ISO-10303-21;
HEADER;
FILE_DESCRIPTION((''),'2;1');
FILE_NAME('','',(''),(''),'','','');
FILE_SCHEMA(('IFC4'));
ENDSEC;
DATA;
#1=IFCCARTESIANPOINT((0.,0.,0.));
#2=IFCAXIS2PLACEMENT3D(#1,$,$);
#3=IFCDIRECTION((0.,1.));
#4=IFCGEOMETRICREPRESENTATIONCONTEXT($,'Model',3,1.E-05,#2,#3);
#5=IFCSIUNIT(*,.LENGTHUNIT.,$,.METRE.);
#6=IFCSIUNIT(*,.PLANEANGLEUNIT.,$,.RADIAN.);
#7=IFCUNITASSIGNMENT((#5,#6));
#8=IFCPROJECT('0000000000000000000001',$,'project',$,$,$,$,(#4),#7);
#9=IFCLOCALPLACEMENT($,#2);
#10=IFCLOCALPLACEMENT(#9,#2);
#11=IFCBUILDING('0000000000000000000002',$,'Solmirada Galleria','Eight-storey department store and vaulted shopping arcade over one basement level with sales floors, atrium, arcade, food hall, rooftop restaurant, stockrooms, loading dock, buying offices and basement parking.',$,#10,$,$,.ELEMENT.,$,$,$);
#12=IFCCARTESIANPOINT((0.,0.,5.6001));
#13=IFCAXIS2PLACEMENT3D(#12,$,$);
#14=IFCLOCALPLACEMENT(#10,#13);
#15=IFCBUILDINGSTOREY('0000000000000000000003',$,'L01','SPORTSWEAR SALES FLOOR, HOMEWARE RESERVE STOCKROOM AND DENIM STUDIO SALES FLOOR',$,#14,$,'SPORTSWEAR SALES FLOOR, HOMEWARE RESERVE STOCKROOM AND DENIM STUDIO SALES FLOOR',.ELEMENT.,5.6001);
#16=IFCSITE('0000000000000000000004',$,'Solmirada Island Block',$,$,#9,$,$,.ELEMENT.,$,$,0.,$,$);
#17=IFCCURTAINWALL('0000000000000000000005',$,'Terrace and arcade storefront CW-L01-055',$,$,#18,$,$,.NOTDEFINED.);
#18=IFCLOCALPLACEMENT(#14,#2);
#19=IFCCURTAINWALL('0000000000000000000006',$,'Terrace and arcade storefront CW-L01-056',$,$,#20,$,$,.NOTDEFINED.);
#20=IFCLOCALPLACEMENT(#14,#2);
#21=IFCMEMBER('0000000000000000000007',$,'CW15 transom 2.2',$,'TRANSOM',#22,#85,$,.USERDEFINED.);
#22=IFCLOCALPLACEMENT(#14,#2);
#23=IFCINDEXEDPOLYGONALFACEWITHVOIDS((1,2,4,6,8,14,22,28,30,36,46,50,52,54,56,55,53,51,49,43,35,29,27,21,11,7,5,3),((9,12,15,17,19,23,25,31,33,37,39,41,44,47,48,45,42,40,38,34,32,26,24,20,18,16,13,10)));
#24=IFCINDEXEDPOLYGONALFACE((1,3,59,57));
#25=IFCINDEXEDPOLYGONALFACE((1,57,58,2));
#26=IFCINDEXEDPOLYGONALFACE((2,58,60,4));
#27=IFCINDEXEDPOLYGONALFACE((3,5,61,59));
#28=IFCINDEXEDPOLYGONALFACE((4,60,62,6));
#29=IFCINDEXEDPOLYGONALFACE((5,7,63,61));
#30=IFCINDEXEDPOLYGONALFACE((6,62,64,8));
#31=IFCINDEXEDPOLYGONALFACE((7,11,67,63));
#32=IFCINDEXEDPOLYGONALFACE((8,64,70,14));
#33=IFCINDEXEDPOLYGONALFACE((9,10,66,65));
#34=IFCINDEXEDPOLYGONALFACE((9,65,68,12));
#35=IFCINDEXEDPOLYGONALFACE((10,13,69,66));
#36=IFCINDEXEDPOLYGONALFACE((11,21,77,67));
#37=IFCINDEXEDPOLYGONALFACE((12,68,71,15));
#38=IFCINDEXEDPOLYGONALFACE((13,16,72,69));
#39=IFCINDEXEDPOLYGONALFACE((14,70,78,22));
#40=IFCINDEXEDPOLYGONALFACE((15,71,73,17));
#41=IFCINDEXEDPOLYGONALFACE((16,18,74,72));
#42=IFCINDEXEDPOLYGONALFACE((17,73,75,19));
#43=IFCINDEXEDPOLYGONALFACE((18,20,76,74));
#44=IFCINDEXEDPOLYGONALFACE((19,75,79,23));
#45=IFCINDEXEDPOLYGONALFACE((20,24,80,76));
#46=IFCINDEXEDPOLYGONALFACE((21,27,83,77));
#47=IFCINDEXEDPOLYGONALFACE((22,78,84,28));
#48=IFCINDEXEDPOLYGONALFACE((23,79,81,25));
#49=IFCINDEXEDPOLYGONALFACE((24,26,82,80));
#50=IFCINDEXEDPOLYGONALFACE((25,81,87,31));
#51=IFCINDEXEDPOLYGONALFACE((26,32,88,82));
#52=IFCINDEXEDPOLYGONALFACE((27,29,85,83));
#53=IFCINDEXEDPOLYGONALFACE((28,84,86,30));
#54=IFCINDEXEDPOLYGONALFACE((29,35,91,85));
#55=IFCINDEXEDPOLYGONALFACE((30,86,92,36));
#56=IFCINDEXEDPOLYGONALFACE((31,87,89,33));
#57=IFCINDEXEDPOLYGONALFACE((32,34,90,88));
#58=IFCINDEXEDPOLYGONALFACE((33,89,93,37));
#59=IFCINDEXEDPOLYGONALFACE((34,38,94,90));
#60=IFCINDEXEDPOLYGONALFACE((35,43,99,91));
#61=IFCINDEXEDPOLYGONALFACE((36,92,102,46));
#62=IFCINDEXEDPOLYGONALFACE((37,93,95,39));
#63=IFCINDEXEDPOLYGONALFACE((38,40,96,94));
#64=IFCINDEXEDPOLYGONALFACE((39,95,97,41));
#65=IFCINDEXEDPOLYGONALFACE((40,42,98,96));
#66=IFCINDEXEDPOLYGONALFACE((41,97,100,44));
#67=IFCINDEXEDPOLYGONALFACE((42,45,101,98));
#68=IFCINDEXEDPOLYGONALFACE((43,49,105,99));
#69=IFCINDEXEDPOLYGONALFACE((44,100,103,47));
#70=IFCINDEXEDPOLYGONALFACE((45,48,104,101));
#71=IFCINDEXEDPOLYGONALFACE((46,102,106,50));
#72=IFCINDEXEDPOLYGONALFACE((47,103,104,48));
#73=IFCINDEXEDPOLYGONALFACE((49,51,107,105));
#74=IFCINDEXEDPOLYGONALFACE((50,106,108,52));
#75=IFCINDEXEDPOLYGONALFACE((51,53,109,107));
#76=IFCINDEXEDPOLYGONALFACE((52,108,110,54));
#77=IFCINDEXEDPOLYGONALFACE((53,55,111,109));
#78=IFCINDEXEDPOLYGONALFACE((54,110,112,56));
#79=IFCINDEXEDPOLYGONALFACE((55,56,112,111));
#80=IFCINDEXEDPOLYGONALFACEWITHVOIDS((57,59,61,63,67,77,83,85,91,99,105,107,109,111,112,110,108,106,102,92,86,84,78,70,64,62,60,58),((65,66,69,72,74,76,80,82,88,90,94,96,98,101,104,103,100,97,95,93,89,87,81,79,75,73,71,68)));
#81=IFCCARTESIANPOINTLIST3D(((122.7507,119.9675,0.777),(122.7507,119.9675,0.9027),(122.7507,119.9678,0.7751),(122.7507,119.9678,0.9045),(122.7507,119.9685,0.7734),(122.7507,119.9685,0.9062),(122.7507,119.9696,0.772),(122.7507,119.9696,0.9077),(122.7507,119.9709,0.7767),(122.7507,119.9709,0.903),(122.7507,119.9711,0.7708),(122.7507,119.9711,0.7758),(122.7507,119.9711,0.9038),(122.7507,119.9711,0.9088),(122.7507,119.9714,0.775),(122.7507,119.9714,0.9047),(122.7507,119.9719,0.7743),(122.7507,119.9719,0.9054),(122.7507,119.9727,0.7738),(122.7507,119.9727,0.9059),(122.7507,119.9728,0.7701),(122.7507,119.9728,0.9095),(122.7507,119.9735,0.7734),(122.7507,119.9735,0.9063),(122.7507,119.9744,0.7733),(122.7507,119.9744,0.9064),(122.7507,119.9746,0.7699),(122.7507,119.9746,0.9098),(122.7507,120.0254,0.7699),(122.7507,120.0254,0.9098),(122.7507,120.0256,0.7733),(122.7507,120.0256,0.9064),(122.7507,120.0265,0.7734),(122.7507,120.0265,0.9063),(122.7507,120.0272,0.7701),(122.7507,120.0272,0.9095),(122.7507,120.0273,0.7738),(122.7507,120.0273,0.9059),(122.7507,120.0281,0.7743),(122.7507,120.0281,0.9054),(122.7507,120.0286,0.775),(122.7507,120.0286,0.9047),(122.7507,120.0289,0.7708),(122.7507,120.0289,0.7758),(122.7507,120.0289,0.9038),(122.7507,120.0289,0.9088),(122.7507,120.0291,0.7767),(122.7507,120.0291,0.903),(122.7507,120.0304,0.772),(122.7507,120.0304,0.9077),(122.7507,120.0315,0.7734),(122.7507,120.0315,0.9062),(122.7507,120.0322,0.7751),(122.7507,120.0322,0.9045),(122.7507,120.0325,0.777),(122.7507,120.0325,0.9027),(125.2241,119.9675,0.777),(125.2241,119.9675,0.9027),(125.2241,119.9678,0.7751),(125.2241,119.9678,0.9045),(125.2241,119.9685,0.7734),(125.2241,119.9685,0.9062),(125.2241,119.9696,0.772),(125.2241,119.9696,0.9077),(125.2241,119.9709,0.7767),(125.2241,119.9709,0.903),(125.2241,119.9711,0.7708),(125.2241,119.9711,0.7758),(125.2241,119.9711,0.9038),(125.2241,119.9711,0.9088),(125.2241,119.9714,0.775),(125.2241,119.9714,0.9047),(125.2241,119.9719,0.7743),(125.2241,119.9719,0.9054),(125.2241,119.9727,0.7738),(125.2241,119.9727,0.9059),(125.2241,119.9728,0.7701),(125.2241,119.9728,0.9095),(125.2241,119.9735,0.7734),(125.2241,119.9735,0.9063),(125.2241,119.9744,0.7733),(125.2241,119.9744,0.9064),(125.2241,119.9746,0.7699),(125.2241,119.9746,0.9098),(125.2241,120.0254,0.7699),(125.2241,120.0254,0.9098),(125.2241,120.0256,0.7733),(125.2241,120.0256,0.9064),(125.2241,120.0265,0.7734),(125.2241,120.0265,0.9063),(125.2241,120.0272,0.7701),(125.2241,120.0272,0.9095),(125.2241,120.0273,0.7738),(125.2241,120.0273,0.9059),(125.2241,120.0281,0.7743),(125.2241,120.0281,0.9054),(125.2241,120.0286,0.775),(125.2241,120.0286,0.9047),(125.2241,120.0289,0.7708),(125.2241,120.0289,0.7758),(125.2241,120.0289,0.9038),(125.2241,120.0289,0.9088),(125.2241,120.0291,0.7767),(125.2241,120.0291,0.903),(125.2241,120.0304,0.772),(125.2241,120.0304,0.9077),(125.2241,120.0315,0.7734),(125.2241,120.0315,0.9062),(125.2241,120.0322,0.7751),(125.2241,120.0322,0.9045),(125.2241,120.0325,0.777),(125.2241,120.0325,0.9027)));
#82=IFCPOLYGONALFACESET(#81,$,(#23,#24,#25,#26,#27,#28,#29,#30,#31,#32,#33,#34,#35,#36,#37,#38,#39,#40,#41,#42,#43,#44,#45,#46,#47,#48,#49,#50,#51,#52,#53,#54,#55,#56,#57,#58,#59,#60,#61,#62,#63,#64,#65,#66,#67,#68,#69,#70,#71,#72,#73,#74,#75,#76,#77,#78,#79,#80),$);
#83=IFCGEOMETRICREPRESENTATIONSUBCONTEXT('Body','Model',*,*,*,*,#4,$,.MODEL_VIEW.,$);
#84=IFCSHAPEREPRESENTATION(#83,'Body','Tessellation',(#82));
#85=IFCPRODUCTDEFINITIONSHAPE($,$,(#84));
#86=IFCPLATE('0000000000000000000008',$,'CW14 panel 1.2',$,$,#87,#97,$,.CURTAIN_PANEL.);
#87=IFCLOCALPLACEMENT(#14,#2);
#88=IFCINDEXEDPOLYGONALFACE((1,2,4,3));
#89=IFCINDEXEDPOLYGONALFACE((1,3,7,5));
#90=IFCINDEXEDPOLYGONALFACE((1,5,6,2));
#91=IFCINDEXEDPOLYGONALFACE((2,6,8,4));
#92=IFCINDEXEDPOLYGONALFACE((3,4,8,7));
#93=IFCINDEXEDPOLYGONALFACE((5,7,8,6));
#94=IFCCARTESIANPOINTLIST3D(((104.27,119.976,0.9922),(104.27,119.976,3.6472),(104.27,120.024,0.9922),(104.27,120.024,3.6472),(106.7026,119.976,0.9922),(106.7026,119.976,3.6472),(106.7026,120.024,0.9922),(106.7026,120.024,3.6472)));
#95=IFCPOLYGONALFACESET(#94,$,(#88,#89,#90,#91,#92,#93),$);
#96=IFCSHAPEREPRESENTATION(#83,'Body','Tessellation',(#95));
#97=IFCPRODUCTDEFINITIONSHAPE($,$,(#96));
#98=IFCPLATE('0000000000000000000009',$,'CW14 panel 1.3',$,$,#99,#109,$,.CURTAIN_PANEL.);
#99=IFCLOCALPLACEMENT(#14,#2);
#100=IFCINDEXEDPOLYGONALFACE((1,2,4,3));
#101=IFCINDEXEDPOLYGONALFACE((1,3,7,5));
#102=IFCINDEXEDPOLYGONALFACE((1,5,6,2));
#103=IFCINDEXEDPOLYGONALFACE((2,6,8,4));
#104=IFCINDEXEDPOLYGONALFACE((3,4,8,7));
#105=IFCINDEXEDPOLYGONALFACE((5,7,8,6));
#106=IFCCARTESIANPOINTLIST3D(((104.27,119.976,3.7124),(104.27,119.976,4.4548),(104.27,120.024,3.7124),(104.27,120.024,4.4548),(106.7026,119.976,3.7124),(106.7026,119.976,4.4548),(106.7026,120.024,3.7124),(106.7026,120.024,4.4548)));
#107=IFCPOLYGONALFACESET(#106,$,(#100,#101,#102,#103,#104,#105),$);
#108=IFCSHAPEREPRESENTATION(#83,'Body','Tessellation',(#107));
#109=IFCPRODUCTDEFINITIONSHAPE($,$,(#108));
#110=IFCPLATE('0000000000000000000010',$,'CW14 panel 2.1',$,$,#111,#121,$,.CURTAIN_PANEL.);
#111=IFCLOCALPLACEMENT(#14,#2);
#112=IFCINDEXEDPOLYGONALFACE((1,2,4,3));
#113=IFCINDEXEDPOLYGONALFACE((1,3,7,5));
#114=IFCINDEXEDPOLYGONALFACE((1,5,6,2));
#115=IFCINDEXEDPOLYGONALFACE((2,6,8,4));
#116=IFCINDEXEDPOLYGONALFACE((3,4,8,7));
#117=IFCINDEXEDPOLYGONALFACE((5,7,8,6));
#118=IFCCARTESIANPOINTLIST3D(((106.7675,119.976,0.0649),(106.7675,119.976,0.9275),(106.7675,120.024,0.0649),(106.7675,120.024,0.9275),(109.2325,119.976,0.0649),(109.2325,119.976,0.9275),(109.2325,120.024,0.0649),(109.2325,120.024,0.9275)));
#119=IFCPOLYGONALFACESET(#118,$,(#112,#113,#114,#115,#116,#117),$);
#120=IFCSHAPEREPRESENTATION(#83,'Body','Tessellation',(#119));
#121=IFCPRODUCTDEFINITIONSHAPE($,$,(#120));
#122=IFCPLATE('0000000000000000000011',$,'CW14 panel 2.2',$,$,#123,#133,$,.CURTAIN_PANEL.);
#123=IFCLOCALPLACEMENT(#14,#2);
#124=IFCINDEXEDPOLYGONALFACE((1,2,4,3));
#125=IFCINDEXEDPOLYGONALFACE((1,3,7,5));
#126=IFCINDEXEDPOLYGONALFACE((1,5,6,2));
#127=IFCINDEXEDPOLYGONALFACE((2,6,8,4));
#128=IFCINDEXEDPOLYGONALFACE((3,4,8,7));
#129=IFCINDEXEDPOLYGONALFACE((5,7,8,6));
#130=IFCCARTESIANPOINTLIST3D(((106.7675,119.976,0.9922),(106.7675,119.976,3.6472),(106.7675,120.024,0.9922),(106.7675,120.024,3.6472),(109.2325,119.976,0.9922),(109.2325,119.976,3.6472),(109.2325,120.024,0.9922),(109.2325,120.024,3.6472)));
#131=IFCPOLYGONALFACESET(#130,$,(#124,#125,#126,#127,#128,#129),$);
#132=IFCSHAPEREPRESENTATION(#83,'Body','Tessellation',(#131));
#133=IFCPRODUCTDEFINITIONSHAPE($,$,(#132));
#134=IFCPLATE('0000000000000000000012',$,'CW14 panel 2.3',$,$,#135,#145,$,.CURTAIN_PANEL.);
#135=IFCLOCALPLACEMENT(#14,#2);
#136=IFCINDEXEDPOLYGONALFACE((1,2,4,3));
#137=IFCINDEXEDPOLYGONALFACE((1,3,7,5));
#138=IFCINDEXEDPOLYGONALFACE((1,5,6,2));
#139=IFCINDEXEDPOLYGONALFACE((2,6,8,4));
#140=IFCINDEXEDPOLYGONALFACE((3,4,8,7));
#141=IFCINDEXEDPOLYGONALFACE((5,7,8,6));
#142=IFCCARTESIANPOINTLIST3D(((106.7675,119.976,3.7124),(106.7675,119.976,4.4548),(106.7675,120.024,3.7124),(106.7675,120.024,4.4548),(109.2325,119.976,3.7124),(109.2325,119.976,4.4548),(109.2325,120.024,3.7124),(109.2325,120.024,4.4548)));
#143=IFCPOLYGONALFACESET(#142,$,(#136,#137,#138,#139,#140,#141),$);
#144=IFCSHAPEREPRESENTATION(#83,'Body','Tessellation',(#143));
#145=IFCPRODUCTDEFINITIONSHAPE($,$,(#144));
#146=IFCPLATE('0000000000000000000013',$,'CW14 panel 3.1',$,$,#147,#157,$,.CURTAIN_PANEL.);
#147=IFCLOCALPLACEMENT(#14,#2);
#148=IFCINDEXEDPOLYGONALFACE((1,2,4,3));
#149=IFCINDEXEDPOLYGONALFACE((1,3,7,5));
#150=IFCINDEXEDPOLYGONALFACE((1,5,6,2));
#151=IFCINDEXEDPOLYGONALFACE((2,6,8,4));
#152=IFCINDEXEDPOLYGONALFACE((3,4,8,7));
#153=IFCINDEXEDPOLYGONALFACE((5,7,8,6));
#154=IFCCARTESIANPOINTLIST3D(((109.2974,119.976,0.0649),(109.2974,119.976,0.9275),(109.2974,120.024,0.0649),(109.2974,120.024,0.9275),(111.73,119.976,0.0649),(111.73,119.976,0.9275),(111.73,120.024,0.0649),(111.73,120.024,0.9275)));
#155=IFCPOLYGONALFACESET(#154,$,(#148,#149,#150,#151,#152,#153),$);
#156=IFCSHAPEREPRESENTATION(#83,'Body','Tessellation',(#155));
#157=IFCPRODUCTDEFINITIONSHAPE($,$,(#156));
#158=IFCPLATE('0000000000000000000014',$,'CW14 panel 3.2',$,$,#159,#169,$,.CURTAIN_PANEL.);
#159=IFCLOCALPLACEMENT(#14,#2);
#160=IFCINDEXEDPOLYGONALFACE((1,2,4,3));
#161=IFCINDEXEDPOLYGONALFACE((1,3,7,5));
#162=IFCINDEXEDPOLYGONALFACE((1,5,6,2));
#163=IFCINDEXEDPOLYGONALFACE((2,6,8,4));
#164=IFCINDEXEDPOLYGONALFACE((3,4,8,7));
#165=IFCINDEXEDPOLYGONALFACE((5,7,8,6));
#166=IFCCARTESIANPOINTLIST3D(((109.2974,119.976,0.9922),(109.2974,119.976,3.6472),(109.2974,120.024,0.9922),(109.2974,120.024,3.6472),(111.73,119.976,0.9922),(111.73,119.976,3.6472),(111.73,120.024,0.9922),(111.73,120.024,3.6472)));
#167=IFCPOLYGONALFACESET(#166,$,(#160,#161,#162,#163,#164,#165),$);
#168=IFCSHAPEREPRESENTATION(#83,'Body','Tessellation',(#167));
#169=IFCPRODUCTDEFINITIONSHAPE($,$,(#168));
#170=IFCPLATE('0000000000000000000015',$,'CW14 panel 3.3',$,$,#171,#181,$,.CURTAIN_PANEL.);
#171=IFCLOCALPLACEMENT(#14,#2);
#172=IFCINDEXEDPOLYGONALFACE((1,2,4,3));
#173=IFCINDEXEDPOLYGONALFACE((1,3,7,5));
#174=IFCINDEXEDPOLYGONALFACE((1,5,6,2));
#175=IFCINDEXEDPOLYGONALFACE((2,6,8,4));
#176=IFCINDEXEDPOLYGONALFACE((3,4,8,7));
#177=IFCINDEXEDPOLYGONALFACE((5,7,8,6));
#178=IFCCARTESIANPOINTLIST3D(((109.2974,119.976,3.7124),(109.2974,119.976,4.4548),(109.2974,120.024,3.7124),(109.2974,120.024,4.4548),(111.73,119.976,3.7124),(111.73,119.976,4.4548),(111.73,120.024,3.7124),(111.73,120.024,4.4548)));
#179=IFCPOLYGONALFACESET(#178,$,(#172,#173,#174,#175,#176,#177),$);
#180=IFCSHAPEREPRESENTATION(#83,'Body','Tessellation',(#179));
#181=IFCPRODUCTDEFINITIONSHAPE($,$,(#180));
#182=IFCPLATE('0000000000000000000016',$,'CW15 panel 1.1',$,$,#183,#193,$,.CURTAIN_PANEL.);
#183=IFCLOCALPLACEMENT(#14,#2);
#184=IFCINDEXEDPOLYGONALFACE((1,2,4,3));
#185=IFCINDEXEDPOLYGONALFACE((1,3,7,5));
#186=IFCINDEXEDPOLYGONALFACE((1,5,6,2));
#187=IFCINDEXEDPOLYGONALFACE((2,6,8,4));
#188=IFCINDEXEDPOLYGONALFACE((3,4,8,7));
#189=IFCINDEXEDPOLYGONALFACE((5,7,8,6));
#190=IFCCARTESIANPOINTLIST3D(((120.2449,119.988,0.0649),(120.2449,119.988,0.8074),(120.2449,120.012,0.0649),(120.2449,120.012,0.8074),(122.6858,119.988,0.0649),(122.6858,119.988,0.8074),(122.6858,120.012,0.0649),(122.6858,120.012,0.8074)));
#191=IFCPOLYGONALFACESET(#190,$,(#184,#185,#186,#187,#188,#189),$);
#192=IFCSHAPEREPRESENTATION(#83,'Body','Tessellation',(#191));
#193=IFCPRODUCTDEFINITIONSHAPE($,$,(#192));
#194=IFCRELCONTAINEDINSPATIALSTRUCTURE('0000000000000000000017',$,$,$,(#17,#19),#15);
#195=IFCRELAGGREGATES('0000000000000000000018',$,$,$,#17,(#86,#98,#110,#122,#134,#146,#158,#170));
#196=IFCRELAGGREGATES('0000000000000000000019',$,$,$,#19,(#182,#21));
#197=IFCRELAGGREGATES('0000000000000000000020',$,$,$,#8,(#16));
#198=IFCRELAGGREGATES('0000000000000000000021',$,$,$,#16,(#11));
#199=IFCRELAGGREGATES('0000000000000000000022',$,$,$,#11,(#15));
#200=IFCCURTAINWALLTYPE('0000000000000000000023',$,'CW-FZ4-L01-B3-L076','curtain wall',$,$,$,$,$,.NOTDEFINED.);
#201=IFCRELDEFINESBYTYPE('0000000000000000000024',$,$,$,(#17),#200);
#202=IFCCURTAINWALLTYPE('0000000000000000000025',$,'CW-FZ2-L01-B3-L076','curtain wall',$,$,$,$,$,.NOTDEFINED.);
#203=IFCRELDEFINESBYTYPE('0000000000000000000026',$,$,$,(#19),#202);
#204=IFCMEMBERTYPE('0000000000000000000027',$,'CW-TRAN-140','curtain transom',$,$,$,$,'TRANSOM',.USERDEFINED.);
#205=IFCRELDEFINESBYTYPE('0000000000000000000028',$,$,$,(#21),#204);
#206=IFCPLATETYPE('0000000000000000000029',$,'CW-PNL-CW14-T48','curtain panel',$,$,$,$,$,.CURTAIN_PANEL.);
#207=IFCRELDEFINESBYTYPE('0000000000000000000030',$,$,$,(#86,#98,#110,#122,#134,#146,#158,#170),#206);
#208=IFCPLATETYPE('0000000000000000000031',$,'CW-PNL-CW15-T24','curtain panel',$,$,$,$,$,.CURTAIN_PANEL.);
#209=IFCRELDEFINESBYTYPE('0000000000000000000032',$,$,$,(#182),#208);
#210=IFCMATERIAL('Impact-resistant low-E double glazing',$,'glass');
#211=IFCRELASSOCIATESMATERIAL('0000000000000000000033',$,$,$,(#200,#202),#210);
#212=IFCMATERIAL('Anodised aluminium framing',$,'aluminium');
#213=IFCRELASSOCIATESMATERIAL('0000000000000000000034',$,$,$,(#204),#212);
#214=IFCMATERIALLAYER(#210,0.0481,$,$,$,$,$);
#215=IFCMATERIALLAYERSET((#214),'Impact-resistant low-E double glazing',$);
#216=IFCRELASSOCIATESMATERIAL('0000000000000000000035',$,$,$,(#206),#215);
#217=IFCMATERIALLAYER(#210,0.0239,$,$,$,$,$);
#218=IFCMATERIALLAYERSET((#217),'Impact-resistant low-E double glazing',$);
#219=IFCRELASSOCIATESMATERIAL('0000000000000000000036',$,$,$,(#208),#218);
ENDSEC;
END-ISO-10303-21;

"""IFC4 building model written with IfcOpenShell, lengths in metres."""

from ifc_helpers import new_model, si_unit, direction, frame, origin, origin_2d, place, context, subcontext, project, spatial, rectangle, hollow_rectangle, extrude, material, layer, layer_set, material_profile, profile_set, type_object, element, aggregate, save


model = new_model("IFC4")

# Units and contexts
model_context = context("Model", 3, precision=1e-05, world=origin(), true_north=direction((0.0, 1.0)))
body_context = subcontext(model_context, "Body", "Model", "MODEL_VIEW")
ifc_project = project(units=[si_unit("LENGTHUNIT", "METRE"), si_unit("PLANEANGLEUNIT", "RADIAN")], contexts=[model_context])

# Site, building, storey
site_placement = place(None, origin())
site = spatial("IfcSite", under=ifc_project, at=site_placement, Name="Solmirada Island Block", CompositionType="ELEMENT", RefElevation=0.0)
building_placement = place(site_placement, origin())
building = spatial("IfcBuilding", under=site, at=building_placement, Name="Solmirada Galleria", Description="Eight-storey department store and vaulted shopping arcade over one basement level with sales floors, atrium, arcade, food hall, rooftop restaurant, stockrooms, loading dock, buying offices and basement parking.", CompositionType="ELEMENT")
storey_placement = place(building_placement, frame((0.0, 0.0, 5.6001)))
storey = spatial("IfcBuildingStorey", under=building, at=storey_placement, Name="L01", Description="SPORTSWEAR SALES FLOOR, HOMEWARE RESERVE STOCKROOM AND DENIM STUDIO SALES FLOOR", LongName="SPORTSWEAR SALES FLOOR, HOMEWARE RESERVE STOCKROOM AND DENIM STUDIO SALES FLOOR", CompositionType="ELEMENT", Elevation=5.6001)

# Curtain walls
ifc_material_1 = material(Name="Impact-resistant low-E double glazing", Category="glass")
curtain_wall_type_1 = type_object("IfcCurtainWallType", Name="CW-FZ4-L01-B3-L076", Description="curtain wall", PredefinedType="NOTDEFINED", material=ifc_material_1)
curtain_wall_1_placement = place(storey_placement, origin())
curtain_wall_1 = element("IfcCurtainWall", 1, at=curtain_wall_1_placement, inside=storey, type_object=curtain_wall_type_1, Name="Terrace and arcade storefront CW-L01-055", PredefinedType="NOTDEFINED")
ifc_material_2 = material(Name="Anodised aluminium framing", Category="aluminium")
curtain_wall_type_2 = type_object("IfcCurtainWallType", Name="CW-FZ2-L01-B3-L076", Description="curtain wall", PredefinedType="NOTDEFINED", material=ifc_material_1)
curtain_wall_2_placement = place(storey_placement, origin())
curtain_wall_2 = element("IfcCurtainWall", 2, at=curtain_wall_2_placement, inside=storey, type_object=curtain_wall_type_2, Name="Terrace and arcade storefront CW-L01-056", PredefinedType="NOTDEFINED")

# Member
ifc_material_profile_1 = material_profile(ifc_material_2, hollow_rectangle(XDim=0.0649, YDim=0.1399, WallThickness=0.0034, InnerFilletRadius=0.0034, OuterFilletRadius=0.0071, at=origin_2d()), Name="ALU-TRAN-140X65")
ifc_profile_set_1 = profile_set([ifc_material_profile_1], Name="Anodised aluminium framing")
member_type_1 = type_object("IfcMemberType", Name="CW-TRAN-140", Description="curtain transom", ElementType="TRANSOM", PredefinedType="USERDEFINED", material=ifc_profile_set_1)
member_1_placement = place(storey_placement, frame((122.7507, 120.0, 0.8398), z_axis=(1.0, 0.0, 0.0), x_axis=(0.0, 1.0, 0.0)))
member_1 = element("IfcMember", 3, at=member_1_placement, type_object=member_type_1, Name="CW15 transom 2.2", ObjectType="TRANSOM", PredefinedType="USERDEFINED", context=body_context, shape_type="SweptSolid", body=[
    extrude(hollow_rectangle(XDim=0.0649, YDim=0.1399, WallThickness=0.0034, InnerFilletRadius=0.0034, OuterFilletRadius=0.0071, at=origin_2d()), origin(), (0.0, 0.0, 1.0), 2.4734),
])

# Plates
ifc_layer_1 = layer(ifc_material_1, 0.0481)
ifc_layer_set_1 = layer_set([ifc_layer_1], Name="Impact-resistant low-E double glazing")
plate_type_1 = type_object("IfcPlateType", Name="CW-PNL-CW14-T48", Description="curtain panel", PredefinedType="CURTAIN_PANEL", material=ifc_layer_set_1)
plate_1_placement = place(storey_placement, frame((105.4863, 120.0, 0.9922), z_axis=(0.0, 0.0, 1.0), x_axis=(1.0, 0.0, 0.0)))
plate_1 = element("IfcPlate", 4, at=plate_1_placement, type_object=plate_type_1, Name="CW14 panel 1.2", PredefinedType="CURTAIN_PANEL", context=body_context, shape_type="SweptSolid", body=[
    extrude(rectangle(XDim=2.4326, YDim=0.0481, at=origin_2d()), origin(), (0.0, 0.0, 1.0), 2.655),
])
plate_2_placement = place(storey_placement, frame((105.4863, 120.0, 3.7124), z_axis=(0.0, 0.0, 1.0), x_axis=(1.0, 0.0, 0.0)))
plate_2 = element("IfcPlate", 5, at=plate_2_placement, type_object=plate_type_1, Name="CW14 panel 1.3", PredefinedType="CURTAIN_PANEL", context=body_context, shape_type="SweptSolid", body=[
    extrude(rectangle(XDim=2.4326, YDim=0.0481, at=origin_2d()), origin(), (0.0, 0.0, 1.0), 0.7424),
])
plate_3_placement = place(storey_placement, frame((108.0, 120.0, 0.0649), z_axis=(0.0, 0.0, 1.0), x_axis=(1.0, 0.0, 0.0)))
plate_3 = element("IfcPlate", 6, at=plate_3_placement, type_object=plate_type_1, Name="CW14 panel 2.1", PredefinedType="CURTAIN_PANEL", context=body_context, shape_type="SweptSolid", body=[
    extrude(rectangle(XDim=2.4651, YDim=0.0481, at=origin_2d()), origin(), (0.0, 0.0, 1.0), 0.8625),
])
plate_4_placement = place(storey_placement, frame((108.0, 120.0, 0.9922), z_axis=(0.0, 0.0, 1.0), x_axis=(1.0, 0.0, 0.0)))
plate_4 = element("IfcPlate", 7, at=plate_4_placement, type_object=plate_type_1, Name="CW14 panel 2.2", PredefinedType="CURTAIN_PANEL", context=body_context, shape_type="SweptSolid", body=[
    extrude(rectangle(XDim=2.4651, YDim=0.0481, at=origin_2d()), origin(), (0.0, 0.0, 1.0), 2.655),
])
plate_5_placement = place(storey_placement, frame((108.0, 120.0, 3.7124), z_axis=(0.0, 0.0, 1.0), x_axis=(1.0, 0.0, 0.0)))
plate_5 = element("IfcPlate", 8, at=plate_5_placement, type_object=plate_type_1, Name="CW14 panel 2.3", PredefinedType="CURTAIN_PANEL", context=body_context, shape_type="SweptSolid", body=[
    extrude(rectangle(XDim=2.4651, YDim=0.0481, at=origin_2d()), origin(), (0.0, 0.0, 1.0), 0.7424),
])
plate_6_placement = place(storey_placement, frame((110.5137, 120.0, 0.0649), z_axis=(0.0, 0.0, 1.0), x_axis=(1.0, 0.0, 0.0)))
plate_6 = element("IfcPlate", 9, at=plate_6_placement, type_object=plate_type_1, Name="CW14 panel 3.1", PredefinedType="CURTAIN_PANEL", context=body_context, shape_type="SweptSolid", body=[
    extrude(rectangle(XDim=2.4326, YDim=0.0481, at=origin_2d()), origin(), (0.0, 0.0, 1.0), 0.8625),
])
plate_7_placement = place(storey_placement, frame((110.5137, 120.0, 0.9922), z_axis=(0.0, 0.0, 1.0), x_axis=(1.0, 0.0, 0.0)))
plate_7 = element("IfcPlate", 10, at=plate_7_placement, type_object=plate_type_1, Name="CW14 panel 3.2", PredefinedType="CURTAIN_PANEL", context=body_context, shape_type="SweptSolid", body=[
    extrude(rectangle(XDim=2.4326, YDim=0.0481, at=origin_2d()), origin(), (0.0, 0.0, 1.0), 2.655),
])
plate_8_placement = place(storey_placement, frame((110.5137, 120.0, 3.7124), z_axis=(0.0, 0.0, 1.0), x_axis=(1.0, 0.0, 0.0)))
plate_8 = element("IfcPlate", 11, at=plate_8_placement, type_object=plate_type_1, Name="CW14 panel 3.3", PredefinedType="CURTAIN_PANEL", context=body_context, shape_type="SweptSolid", body=[
    extrude(rectangle(XDim=2.4326, YDim=0.0481, at=origin_2d()), origin(), (0.0, 0.0, 1.0), 0.7424),
])
aggregate(curtain_wall_1, [plate_1, plate_2, plate_3, plate_4, plate_5, plate_6, plate_7, plate_8])
ifc_layer_2 = layer(ifc_material_1, 0.0239)
ifc_layer_set_2 = layer_set([ifc_layer_2], Name="Impact-resistant low-E double glazing")
plate_type_2 = type_object("IfcPlateType", Name="CW-PNL-CW15-T24", Description="curtain panel", PredefinedType="CURTAIN_PANEL", material=ifc_layer_set_2)
plate_9_placement = place(storey_placement, frame((121.4653, 120.0, 0.0649), z_axis=(0.0, 0.0, 1.0), x_axis=(1.0, 0.0, 0.0)))
plate_9 = element("IfcPlate", 12, at=plate_9_placement, type_object=plate_type_2, Name="CW15 panel 1.1", PredefinedType="CURTAIN_PANEL", context=body_context, shape_type="SweptSolid", body=[
    extrude(rectangle(XDim=2.4409, YDim=0.0239, at=origin_2d()), origin(), (0.0, 0.0, 1.0), 0.7424),
])
aggregate(curtain_wall_2, [plate_9, member_1])

save(model, "model.ifc")
